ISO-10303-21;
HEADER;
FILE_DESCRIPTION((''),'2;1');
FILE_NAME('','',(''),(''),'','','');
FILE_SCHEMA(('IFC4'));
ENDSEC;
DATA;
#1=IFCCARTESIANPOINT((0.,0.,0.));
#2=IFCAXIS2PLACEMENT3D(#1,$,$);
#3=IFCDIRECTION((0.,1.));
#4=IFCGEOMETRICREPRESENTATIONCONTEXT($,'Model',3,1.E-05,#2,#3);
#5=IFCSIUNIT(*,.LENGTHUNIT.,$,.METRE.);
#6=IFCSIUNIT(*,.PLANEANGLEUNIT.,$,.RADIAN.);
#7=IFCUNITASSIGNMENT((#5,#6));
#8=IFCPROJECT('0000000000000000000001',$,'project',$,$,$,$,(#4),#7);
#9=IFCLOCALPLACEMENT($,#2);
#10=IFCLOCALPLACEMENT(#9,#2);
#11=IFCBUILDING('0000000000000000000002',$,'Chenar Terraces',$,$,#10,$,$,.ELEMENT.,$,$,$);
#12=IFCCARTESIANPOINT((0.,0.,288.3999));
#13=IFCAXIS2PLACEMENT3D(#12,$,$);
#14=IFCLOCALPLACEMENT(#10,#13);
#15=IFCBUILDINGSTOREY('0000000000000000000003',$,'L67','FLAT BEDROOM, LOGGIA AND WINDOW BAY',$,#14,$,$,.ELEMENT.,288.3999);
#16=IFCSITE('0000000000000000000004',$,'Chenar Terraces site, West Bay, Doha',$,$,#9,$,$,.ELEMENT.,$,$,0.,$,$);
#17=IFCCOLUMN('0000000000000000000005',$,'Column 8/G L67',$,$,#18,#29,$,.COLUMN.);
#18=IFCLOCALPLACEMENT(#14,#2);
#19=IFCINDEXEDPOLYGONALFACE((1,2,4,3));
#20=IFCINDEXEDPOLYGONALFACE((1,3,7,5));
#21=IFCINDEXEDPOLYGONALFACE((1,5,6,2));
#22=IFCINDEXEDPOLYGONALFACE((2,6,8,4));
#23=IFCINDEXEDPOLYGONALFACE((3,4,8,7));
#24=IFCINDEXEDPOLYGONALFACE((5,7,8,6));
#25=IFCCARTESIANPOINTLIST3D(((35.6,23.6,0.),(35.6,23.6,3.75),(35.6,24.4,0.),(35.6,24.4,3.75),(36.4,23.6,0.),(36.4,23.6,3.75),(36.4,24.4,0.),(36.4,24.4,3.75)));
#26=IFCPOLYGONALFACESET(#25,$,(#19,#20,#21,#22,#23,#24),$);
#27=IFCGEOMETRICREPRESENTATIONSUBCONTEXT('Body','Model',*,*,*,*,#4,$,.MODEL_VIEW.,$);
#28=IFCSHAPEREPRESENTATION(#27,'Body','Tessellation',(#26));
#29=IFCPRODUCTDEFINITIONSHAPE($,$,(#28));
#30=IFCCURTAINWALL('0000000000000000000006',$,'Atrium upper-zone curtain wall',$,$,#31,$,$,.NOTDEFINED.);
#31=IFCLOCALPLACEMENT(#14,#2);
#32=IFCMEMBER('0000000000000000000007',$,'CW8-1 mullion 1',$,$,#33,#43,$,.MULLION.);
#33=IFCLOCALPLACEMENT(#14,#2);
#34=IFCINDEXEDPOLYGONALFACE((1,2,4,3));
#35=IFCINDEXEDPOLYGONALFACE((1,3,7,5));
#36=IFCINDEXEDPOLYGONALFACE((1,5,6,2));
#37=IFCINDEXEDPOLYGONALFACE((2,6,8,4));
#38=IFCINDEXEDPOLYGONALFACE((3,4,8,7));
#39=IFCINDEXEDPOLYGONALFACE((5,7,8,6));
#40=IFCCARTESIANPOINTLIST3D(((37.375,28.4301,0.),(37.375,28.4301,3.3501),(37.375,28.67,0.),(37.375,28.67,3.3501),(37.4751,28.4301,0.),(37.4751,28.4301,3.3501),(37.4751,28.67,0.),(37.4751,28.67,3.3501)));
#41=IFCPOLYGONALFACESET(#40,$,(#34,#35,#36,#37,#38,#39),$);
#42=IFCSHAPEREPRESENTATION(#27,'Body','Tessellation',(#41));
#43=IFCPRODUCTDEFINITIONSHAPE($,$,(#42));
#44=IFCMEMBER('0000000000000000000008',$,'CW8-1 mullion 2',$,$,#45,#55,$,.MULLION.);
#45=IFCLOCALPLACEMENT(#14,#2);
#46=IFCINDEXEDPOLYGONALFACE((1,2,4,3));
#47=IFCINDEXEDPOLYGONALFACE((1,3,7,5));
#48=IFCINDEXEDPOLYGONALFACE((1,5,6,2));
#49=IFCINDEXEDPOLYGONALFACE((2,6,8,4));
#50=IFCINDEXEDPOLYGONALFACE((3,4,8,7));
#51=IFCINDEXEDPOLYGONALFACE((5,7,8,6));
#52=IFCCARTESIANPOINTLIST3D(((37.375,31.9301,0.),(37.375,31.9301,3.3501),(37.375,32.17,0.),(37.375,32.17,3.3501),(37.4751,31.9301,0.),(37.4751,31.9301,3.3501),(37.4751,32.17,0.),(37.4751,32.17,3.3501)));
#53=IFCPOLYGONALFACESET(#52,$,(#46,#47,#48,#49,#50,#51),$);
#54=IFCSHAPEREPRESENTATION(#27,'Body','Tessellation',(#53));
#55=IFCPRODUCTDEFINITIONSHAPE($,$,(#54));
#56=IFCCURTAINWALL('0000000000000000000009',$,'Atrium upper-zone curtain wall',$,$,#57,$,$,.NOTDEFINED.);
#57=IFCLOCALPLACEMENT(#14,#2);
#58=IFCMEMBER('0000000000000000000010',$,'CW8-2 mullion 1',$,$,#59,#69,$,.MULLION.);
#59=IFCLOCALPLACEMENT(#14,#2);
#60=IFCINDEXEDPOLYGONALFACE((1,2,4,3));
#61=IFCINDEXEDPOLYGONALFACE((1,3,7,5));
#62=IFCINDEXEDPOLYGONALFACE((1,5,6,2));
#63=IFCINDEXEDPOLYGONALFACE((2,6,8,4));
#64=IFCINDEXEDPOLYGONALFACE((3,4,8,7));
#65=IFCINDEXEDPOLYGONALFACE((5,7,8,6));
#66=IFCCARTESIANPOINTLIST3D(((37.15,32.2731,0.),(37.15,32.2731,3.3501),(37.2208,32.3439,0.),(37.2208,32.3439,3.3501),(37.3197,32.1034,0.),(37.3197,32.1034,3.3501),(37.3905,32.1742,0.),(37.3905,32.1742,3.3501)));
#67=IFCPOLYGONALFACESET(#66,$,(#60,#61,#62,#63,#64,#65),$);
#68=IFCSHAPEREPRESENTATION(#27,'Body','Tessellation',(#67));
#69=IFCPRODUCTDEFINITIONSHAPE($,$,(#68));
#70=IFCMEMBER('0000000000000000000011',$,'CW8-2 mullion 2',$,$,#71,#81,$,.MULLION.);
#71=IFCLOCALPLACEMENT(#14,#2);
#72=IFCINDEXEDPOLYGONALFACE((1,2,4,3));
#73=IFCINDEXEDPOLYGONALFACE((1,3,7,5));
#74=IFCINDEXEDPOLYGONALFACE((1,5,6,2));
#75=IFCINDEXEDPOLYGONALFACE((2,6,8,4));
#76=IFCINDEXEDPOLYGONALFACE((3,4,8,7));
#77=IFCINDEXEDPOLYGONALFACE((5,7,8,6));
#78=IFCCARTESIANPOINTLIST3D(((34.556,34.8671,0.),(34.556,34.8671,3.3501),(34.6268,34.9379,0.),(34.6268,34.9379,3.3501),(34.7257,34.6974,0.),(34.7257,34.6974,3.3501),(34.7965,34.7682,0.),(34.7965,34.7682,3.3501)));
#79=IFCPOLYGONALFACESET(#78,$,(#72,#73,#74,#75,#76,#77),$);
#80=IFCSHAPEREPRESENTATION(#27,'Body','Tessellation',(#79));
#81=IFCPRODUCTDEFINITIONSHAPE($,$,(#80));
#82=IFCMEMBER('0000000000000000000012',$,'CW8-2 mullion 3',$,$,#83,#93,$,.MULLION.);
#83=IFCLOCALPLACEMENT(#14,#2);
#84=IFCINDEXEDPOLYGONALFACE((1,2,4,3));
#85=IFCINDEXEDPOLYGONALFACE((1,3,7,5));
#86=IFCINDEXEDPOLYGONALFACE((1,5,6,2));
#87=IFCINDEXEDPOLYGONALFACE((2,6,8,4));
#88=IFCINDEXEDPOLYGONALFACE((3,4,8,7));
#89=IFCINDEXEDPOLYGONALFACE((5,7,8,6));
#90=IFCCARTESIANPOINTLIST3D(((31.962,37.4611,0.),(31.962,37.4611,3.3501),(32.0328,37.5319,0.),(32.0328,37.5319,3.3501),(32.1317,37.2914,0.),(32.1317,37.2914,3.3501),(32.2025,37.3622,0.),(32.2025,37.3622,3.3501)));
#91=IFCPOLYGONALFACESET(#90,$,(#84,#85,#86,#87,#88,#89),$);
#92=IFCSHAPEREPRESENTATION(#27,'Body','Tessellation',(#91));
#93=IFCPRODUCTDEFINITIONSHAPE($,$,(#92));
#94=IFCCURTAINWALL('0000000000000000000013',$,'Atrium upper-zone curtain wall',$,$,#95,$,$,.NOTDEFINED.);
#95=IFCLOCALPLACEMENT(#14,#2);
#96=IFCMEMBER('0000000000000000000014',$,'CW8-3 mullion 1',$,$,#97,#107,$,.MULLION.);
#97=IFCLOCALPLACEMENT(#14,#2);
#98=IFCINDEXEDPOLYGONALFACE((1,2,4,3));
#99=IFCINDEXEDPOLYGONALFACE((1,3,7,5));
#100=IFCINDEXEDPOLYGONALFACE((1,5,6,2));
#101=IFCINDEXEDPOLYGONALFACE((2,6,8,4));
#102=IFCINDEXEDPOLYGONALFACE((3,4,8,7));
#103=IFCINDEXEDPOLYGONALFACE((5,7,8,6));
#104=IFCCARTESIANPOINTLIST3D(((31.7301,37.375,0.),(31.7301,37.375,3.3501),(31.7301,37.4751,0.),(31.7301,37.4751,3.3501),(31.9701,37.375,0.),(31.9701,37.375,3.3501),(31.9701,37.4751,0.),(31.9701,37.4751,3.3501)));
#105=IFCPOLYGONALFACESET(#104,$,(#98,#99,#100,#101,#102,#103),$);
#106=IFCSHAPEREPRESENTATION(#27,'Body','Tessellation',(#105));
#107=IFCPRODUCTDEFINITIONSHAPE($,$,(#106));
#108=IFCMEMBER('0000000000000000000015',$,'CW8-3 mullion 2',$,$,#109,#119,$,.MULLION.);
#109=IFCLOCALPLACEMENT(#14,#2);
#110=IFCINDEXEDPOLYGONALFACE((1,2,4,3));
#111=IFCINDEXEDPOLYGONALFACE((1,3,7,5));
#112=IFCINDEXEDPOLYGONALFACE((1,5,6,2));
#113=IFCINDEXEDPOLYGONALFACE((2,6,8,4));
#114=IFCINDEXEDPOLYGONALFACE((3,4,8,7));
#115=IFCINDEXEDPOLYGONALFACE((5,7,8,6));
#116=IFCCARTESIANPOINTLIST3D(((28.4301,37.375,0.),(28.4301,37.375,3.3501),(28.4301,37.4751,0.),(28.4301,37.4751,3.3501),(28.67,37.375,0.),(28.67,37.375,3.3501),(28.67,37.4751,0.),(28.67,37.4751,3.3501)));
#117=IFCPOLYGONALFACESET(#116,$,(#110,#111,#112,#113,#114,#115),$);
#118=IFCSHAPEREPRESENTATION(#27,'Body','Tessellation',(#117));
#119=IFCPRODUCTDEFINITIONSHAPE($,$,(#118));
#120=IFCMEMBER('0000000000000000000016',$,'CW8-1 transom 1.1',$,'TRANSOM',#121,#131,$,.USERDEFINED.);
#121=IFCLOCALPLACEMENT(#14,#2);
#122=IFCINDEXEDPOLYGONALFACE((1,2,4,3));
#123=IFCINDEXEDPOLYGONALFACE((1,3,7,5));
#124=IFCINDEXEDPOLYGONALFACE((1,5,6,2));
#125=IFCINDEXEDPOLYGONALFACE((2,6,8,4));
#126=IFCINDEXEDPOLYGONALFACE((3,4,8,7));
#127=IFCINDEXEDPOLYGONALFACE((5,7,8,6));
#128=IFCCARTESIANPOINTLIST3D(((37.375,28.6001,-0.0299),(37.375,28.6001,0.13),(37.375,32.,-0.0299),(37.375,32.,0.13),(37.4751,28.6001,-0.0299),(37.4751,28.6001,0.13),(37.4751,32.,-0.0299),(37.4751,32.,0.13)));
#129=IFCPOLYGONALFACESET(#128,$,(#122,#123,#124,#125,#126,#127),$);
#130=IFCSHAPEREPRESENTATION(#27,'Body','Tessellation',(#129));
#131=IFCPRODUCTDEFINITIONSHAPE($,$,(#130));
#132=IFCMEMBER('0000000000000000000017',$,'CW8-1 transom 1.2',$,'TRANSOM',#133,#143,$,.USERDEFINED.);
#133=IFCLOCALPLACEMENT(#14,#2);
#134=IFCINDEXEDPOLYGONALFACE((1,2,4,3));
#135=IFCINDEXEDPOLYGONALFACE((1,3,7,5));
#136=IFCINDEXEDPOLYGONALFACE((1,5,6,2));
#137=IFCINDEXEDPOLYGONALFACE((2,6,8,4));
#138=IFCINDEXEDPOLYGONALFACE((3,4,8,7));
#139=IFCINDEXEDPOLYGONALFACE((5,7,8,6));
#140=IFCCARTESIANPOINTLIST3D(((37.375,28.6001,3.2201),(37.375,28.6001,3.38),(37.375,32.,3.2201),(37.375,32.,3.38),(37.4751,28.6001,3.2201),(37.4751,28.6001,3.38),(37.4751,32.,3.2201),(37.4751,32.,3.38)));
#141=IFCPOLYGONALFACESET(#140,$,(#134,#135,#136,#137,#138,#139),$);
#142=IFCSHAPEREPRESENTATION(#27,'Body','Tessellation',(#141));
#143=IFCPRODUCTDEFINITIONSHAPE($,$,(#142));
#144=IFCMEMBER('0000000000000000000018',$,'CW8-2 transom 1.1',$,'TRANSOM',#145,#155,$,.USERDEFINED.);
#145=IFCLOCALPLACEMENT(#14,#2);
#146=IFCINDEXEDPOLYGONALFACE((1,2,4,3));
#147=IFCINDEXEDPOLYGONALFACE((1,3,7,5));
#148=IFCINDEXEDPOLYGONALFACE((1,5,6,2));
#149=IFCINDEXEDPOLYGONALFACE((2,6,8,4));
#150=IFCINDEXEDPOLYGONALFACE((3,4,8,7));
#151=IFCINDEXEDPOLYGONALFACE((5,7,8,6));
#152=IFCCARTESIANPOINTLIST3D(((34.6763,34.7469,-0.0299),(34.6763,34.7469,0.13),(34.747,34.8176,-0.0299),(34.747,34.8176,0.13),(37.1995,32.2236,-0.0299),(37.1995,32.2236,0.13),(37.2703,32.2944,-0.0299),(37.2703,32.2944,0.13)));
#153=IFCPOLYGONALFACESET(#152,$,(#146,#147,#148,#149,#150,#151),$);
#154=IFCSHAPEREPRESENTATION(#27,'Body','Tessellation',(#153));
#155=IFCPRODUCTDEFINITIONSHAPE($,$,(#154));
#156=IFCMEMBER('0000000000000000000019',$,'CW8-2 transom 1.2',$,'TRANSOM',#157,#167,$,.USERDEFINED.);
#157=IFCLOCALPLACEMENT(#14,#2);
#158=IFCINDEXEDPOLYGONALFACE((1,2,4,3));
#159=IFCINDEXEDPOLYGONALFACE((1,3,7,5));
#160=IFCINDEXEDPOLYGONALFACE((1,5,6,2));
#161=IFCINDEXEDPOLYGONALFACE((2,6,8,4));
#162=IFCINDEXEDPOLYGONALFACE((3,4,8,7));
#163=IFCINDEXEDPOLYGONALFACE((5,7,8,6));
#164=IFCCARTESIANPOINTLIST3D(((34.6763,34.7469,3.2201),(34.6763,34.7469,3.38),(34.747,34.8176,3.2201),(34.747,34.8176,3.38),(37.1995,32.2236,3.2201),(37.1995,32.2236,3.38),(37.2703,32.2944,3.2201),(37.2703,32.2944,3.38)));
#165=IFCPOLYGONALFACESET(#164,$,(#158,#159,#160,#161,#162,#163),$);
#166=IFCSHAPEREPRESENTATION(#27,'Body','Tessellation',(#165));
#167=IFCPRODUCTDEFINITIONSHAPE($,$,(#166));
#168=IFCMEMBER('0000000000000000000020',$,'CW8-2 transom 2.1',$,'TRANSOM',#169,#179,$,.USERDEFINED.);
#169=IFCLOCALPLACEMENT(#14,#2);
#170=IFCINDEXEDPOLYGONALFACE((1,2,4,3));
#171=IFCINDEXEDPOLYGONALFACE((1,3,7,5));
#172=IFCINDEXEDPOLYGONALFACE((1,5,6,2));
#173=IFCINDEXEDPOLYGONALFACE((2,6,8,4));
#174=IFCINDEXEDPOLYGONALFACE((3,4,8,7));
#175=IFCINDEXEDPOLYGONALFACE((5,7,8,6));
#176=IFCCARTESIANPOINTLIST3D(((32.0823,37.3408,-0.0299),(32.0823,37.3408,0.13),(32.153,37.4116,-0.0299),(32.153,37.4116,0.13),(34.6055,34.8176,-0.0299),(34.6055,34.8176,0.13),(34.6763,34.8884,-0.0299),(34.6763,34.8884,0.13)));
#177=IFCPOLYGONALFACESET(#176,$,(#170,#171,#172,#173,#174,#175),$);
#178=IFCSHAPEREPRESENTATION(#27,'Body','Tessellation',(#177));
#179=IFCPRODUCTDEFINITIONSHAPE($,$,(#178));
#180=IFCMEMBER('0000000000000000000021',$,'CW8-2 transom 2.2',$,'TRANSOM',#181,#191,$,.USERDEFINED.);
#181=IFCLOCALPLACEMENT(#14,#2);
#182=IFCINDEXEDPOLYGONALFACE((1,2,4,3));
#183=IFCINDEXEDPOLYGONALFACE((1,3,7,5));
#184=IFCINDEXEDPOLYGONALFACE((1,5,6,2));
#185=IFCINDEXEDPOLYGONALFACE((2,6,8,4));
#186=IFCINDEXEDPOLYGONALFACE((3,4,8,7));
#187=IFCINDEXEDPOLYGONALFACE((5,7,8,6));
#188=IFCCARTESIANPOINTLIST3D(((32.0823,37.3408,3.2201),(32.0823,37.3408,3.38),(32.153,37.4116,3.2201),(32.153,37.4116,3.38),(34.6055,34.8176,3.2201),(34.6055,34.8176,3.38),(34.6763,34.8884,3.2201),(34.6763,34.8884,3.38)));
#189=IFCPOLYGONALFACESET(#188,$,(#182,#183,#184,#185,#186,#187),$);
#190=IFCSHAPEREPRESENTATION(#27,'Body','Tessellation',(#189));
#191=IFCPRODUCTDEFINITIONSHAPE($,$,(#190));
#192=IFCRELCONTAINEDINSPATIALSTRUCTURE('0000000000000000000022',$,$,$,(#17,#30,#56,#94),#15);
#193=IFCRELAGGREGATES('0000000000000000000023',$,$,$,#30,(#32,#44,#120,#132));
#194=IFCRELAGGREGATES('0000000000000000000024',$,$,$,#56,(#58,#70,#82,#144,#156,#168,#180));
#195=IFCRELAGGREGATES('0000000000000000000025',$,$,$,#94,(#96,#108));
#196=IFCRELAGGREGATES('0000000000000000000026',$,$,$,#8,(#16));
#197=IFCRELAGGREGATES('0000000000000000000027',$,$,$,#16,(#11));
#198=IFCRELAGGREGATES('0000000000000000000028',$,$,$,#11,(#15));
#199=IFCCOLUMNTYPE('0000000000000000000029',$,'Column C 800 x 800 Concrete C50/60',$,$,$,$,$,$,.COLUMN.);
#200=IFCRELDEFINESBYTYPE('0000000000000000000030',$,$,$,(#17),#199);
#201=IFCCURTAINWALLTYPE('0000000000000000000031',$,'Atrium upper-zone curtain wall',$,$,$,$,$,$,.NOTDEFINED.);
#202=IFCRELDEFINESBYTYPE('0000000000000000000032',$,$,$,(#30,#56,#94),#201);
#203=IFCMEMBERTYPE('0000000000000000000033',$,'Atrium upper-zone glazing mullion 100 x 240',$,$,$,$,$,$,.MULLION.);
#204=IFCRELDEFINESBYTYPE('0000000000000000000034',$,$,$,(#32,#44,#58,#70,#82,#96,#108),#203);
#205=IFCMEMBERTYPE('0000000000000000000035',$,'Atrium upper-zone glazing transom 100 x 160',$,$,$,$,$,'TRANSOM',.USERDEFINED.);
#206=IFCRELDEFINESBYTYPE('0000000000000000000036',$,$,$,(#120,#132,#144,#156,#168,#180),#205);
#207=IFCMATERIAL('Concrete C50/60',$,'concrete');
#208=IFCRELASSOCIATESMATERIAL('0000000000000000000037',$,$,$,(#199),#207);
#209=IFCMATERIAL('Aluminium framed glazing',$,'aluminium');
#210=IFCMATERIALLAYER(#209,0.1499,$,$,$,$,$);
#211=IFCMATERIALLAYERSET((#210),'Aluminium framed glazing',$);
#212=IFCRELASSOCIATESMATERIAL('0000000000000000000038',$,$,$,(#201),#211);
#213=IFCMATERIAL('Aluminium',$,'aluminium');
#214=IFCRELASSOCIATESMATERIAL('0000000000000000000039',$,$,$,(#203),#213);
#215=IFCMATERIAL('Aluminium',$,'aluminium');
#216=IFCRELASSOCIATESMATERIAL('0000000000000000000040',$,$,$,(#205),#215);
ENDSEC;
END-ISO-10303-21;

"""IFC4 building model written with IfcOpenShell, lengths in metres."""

from ifc_helpers import new_model, si_unit, direction, frame, origin, origin_2d, place, context, subcontext, project, spatial, rectangle, extrude, material, layer, layer_set, material_profile, profile_set, type_object, element, aggregate, save


model = new_model("IFC4")

# Units and contexts
model_context = context("Model", 3, precision=1e-05, world=origin(), true_north=direction((0.0, 1.0)))
body_context = subcontext(model_context, "Body", "Model", "MODEL_VIEW")
ifc_project = project(units=[si_unit("LENGTHUNIT", "METRE"), si_unit("PLANEANGLEUNIT", "RADIAN")], contexts=[model_context])

# Site, building, storey
site_placement = place(None, origin())
site = spatial("IfcSite", under=ifc_project, at=site_placement, Name="Chenar Terraces site, West Bay, Doha", CompositionType="ELEMENT", RefElevation=0.0)
building_placement = place(site_placement, origin())
building = spatial("IfcBuilding", under=site, at=building_placement, Name="Chenar Terraces", CompositionType="ELEMENT")
storey_placement = place(building_placement, frame((0.0, 0.0, 288.3999)))
storey = spatial("IfcBuildingStorey", under=building, at=storey_placement, Name="L67", Description="FLAT BEDROOM, LOGGIA AND WINDOW BAY", CompositionType="ELEMENT", Elevation=288.3999)

# Column
ifc_material_1 = material(Name="Concrete C50/60", Category="concrete")
ifc_material_profile_1 = material_profile(ifc_material_1, rectangle(XDim=0.8, YDim=0.8, at=origin_2d()), Name="C 800 x 800")
ifc_profile_set_1 = profile_set([ifc_material_profile_1], Name="Concrete C50/60")
column_type = type_object("IfcColumnType", Name="Column C 800 x 800 Concrete C50/60", PredefinedType="COLUMN", material=ifc_profile_set_1)
column_placement = place(storey_placement, frame((36.0, 24.0, 0.0), z_axis=(0.0, 0.0, 1.0), x_axis=(1.0, 0.0, 0.0)))
element("IfcColumn", 1, at=column_placement, inside=storey, type_object=column_type, Name="Column 8/G L67", PredefinedType="COLUMN", context=body_context, shape_type="SweptSolid", body=[
    extrude(rectangle(XDim=0.8, YDim=0.8, at=origin_2d()), origin(), (0.0, 0.0, 1.0), 3.75),
])

# Curtain walls, members
ifc_material_2 = material(Name="Aluminium framed glazing", Category="aluminium")
ifc_layer_1 = layer(ifc_material_2, 0.1499)
ifc_layer_set_1 = layer_set([ifc_layer_1], Name="Aluminium framed glazing")
curtain_wall_type = type_object("IfcCurtainWallType", Name="Atrium upper-zone curtain wall", PredefinedType="NOTDEFINED", material=ifc_layer_set_1)
placement = place(storey_placement, origin())
curtain_wall_1 = element("IfcCurtainWall", 2, at=placement, inside=storey, type_object=curtain_wall_type, Name="Atrium upper-zone curtain wall", PredefinedType="NOTDEFINED")
ifc_material_3 = material(Name="Aluminium", Category="aluminium")
ifc_material_profile_2 = material_profile(ifc_material_3, rectangle(XDim=0.1001, YDim=0.24, at=origin_2d()), Name="Atrium upper-zone glazing mullion 100 x 240")
ifc_profile_set_2 = profile_set([ifc_material_profile_2], Name="Aluminium")
member_type_1 = type_object("IfcMemberType", Name="Atrium upper-zone glazing mullion 100 x 240", PredefinedType="MULLION", material=ifc_profile_set_2)
member_1_placement = place(storey_placement, frame((37.425, 28.55, 0.0), z_axis=(0.0, 0.0, 1.0), x_axis=(-1.0, 0.0, 0.0)))
member_1 = element("IfcMember", 3, at=member_1_placement, type_object=member_type_1, Name="CW8-1 mullion 1", PredefinedType="MULLION", context=body_context, shape_type="SweptSolid", body=[
    extrude(rectangle(XDim=0.1001, YDim=0.24, at=origin_2d()), origin(), (0.0, 0.0, 1.0), 3.3501),
])
member_2_placement = place(storey_placement, frame((37.425, 32.05, 0.0), z_axis=(0.0, 0.0, 1.0), x_axis=(-1.0, 0.0, 0.0)))
member_2 = element("IfcMember", 4, at=member_2_placement, type_object=member_type_1, Name="CW8-1 mullion 2", PredefinedType="MULLION", context=body_context, shape_type="SweptSolid", body=[
    extrude(rectangle(XDim=0.1001, YDim=0.24, at=origin_2d()), origin(), (0.0, 0.0, 1.0), 3.3501),
])
curtain_wall_2 = element("IfcCurtainWall", 5, at=placement, inside=storey, type_object=curtain_wall_type, Name="Atrium upper-zone curtain wall", PredefinedType="NOTDEFINED")
member_3_placement = place(storey_placement, frame((37.2703, 32.2236, 0.0), z_axis=(0.0, 0.0, 1.0), x_axis=(-0.707107, -0.707107, 0.0)))
member_3 = element("IfcMember", 6, at=member_3_placement, type_object=member_type_1, Name="CW8-2 mullion 1", PredefinedType="MULLION", context=body_context, shape_type="SweptSolid", body=[
    extrude(rectangle(XDim=0.1001, YDim=0.24, at=origin_2d()), origin(), (0.0, 0.0, 1.0), 3.3501),
])
member_4_placement = place(storey_placement, frame((34.6763, 34.8176, 0.0), z_axis=(0.0, 0.0, 1.0), x_axis=(-0.707107, -0.707107, 0.0)))
member_4 = element("IfcMember", 7, at=member_4_placement, type_object=member_type_1, Name="CW8-2 mullion 2", PredefinedType="MULLION", context=body_context, shape_type="SweptSolid", body=[
    extrude(rectangle(XDim=0.1001, YDim=0.24, at=origin_2d()), origin(), (0.0, 0.0, 1.0), 3.3501),
])
member_5_placement = place(storey_placement, frame((32.0823, 37.4116, 0.0), z_axis=(0.0, 0.0, 1.0), x_axis=(-0.707107, -0.707107, 0.0)))
member_5 = element("IfcMember", 8, at=member_5_placement, type_object=member_type_1, Name="CW8-2 mullion 3", PredefinedType="MULLION", context=body_context, shape_type="SweptSolid", body=[
    extrude(rectangle(XDim=0.1001, YDim=0.24, at=origin_2d()), origin(), (0.0, 0.0, 1.0), 3.3501),
])
curtain_wall_3 = element("IfcCurtainWall", 9, at=placement, inside=storey, type_object=curtain_wall_type, Name="Atrium upper-zone curtain wall", PredefinedType="NOTDEFINED")
member_6_placement = place(storey_placement, frame((31.8501, 37.425, 0.0), z_axis=(0.0, 0.0, 1.0), x_axis=(0.0, -1.0, 0.0)))
member_6 = element("IfcMember", 10, at=member_6_placement, type_object=member_type_1, Name="CW8-3 mullion 1", PredefinedType="MULLION", context=body_context, shape_type="SweptSolid", body=[
    extrude(rectangle(XDim=0.1001, YDim=0.24, at=origin_2d()), origin(), (0.0, 0.0, 1.0), 3.3501),
])
member_7_placement = place(storey_placement, frame((28.55, 37.425, 0.0), z_axis=(0.0, 0.0, 1.0), x_axis=(0.0, -1.0, 0.0)))
member_7 = element("IfcMember", 11, at=member_7_placement, type_object=member_type_1, Name="CW8-3 mullion 2", PredefinedType="MULLION", context=body_context, shape_type="SweptSolid", body=[
    extrude(rectangle(XDim=0.1001, YDim=0.24, at=origin_2d()), origin(), (0.0, 0.0, 1.0), 3.3501),
])

# Members
ifc_material_4 = material(Name="Aluminium", Category="aluminium")
ifc_material_profile_3 = material_profile(ifc_material_4, rectangle(XDim=0.1001, YDim=0.1599, at=origin_2d()), Name="Atrium upper-zone glazing transom 100 x 160")
ifc_profile_set_3 = profile_set([ifc_material_profile_3], Name="Aluminium")
member_type_2 = type_object("IfcMemberType", Name="Atrium upper-zone glazing transom 100 x 160", ElementType="TRANSOM", PredefinedType="USERDEFINED", material=ifc_profile_set_3)
member_8_placement = place(storey_placement, frame((37.425, 28.6001, 0.05), z_axis=(0.0, 1.0, 0.0), x_axis=(-1.0, 0.0, 0.0)))
member_8 = element("IfcMember", 12, at=member_8_placement, type_object=member_type_2, Name="CW8-1 transom 1.1", ObjectType="TRANSOM", PredefinedType="USERDEFINED", context=body_context, shape_type="SweptSolid", body=[
    extrude(rectangle(XDim=0.1001, YDim=0.1599, at=origin_2d()), origin(), (0.0, 0.0, 1.0), 3.3999),
])
member_9_placement = place(storey_placement, frame((37.425, 28.6001, 3.3), z_axis=(0.0, 1.0, 0.0), x_axis=(-1.0, 0.0, 0.0)))
member_9 = element("IfcMember", 13, at=member_9_placement, type_object=member_type_2, Name="CW8-1 transom 1.2", ObjectType="TRANSOM", PredefinedType="USERDEFINED", context=body_context, shape_type="SweptSolid", body=[
    extrude(rectangle(XDim=0.1001, YDim=0.1599, at=origin_2d()), origin(), (0.0, 0.0, 1.0), 3.3999),
])
member_10_placement = place(storey_placement, frame((37.2349, 32.259, 0.05), z_axis=(-0.707107, 0.707107, 0.0), x_axis=(-0.707107, -0.707107, 0.0)))
member_10 = element("IfcMember", 14, at=member_10_placement, type_object=member_type_2, Name="CW8-2 transom 1.1", ObjectType="TRANSOM", PredefinedType="USERDEFINED", context=body_context, shape_type="SweptSolid", body=[
    extrude(rectangle(XDim=0.1001, YDim=0.1599, at=origin_2d()), origin(), (0.0, 0.0, 1.0), 3.5684),
])
member_11_placement = place(storey_placement, frame((37.2349, 32.259, 3.3), z_axis=(-0.707107, 0.707107, 0.0), x_axis=(-0.707107, -0.707107, 0.0)))
member_11 = element("IfcMember", 15, at=member_11_placement, type_object=member_type_2, Name="CW8-2 transom 1.2", ObjectType="TRANSOM", PredefinedType="USERDEFINED", context=body_context, shape_type="SweptSolid", body=[
    extrude(rectangle(XDim=0.1001, YDim=0.1599, at=origin_2d()), origin(), (0.0, 0.0, 1.0), 3.5684),
])
member_12_placement = place(storey_placement, frame((34.6409, 34.853, 0.05), z_axis=(-0.707107, 0.707107, 0.0), x_axis=(-0.707107, -0.707107, 0.0)))
member_12 = element("IfcMember", 16, at=member_12_placement, type_object=member_type_2, Name="CW8-2 transom 2.1", ObjectType="TRANSOM", PredefinedType="USERDEFINED", context=body_context, shape_type="SweptSolid", body=[
    extrude(rectangle(XDim=0.1001, YDim=0.1599, at=origin_2d()), origin(), (0.0, 0.0, 1.0), 3.5684),
])
member_13_placement = place(storey_placement, frame((34.6409, 34.853, 3.3), z_axis=(-0.707107, 0.707107, 0.0), x_axis=(-0.707107, -0.707107, 0.0)))
member_13 = element("IfcMember", 17, at=member_13_placement, type_object=member_type_2, Name="CW8-2 transom 2.2", ObjectType="TRANSOM", PredefinedType="USERDEFINED", context=body_context, shape_type="SweptSolid", body=[
    extrude(rectangle(XDim=0.1001, YDim=0.1599, at=origin_2d()), origin(), (0.0, 0.0, 1.0), 3.5684),
])

aggregate(curtain_wall_1, [member_1, member_2, member_8, member_9])
aggregate(curtain_wall_2, [member_3, member_4, member_5, member_10, member_11, member_12, member_13])
aggregate(curtain_wall_3, [member_6, member_7])

save(model, "model.ifc")
